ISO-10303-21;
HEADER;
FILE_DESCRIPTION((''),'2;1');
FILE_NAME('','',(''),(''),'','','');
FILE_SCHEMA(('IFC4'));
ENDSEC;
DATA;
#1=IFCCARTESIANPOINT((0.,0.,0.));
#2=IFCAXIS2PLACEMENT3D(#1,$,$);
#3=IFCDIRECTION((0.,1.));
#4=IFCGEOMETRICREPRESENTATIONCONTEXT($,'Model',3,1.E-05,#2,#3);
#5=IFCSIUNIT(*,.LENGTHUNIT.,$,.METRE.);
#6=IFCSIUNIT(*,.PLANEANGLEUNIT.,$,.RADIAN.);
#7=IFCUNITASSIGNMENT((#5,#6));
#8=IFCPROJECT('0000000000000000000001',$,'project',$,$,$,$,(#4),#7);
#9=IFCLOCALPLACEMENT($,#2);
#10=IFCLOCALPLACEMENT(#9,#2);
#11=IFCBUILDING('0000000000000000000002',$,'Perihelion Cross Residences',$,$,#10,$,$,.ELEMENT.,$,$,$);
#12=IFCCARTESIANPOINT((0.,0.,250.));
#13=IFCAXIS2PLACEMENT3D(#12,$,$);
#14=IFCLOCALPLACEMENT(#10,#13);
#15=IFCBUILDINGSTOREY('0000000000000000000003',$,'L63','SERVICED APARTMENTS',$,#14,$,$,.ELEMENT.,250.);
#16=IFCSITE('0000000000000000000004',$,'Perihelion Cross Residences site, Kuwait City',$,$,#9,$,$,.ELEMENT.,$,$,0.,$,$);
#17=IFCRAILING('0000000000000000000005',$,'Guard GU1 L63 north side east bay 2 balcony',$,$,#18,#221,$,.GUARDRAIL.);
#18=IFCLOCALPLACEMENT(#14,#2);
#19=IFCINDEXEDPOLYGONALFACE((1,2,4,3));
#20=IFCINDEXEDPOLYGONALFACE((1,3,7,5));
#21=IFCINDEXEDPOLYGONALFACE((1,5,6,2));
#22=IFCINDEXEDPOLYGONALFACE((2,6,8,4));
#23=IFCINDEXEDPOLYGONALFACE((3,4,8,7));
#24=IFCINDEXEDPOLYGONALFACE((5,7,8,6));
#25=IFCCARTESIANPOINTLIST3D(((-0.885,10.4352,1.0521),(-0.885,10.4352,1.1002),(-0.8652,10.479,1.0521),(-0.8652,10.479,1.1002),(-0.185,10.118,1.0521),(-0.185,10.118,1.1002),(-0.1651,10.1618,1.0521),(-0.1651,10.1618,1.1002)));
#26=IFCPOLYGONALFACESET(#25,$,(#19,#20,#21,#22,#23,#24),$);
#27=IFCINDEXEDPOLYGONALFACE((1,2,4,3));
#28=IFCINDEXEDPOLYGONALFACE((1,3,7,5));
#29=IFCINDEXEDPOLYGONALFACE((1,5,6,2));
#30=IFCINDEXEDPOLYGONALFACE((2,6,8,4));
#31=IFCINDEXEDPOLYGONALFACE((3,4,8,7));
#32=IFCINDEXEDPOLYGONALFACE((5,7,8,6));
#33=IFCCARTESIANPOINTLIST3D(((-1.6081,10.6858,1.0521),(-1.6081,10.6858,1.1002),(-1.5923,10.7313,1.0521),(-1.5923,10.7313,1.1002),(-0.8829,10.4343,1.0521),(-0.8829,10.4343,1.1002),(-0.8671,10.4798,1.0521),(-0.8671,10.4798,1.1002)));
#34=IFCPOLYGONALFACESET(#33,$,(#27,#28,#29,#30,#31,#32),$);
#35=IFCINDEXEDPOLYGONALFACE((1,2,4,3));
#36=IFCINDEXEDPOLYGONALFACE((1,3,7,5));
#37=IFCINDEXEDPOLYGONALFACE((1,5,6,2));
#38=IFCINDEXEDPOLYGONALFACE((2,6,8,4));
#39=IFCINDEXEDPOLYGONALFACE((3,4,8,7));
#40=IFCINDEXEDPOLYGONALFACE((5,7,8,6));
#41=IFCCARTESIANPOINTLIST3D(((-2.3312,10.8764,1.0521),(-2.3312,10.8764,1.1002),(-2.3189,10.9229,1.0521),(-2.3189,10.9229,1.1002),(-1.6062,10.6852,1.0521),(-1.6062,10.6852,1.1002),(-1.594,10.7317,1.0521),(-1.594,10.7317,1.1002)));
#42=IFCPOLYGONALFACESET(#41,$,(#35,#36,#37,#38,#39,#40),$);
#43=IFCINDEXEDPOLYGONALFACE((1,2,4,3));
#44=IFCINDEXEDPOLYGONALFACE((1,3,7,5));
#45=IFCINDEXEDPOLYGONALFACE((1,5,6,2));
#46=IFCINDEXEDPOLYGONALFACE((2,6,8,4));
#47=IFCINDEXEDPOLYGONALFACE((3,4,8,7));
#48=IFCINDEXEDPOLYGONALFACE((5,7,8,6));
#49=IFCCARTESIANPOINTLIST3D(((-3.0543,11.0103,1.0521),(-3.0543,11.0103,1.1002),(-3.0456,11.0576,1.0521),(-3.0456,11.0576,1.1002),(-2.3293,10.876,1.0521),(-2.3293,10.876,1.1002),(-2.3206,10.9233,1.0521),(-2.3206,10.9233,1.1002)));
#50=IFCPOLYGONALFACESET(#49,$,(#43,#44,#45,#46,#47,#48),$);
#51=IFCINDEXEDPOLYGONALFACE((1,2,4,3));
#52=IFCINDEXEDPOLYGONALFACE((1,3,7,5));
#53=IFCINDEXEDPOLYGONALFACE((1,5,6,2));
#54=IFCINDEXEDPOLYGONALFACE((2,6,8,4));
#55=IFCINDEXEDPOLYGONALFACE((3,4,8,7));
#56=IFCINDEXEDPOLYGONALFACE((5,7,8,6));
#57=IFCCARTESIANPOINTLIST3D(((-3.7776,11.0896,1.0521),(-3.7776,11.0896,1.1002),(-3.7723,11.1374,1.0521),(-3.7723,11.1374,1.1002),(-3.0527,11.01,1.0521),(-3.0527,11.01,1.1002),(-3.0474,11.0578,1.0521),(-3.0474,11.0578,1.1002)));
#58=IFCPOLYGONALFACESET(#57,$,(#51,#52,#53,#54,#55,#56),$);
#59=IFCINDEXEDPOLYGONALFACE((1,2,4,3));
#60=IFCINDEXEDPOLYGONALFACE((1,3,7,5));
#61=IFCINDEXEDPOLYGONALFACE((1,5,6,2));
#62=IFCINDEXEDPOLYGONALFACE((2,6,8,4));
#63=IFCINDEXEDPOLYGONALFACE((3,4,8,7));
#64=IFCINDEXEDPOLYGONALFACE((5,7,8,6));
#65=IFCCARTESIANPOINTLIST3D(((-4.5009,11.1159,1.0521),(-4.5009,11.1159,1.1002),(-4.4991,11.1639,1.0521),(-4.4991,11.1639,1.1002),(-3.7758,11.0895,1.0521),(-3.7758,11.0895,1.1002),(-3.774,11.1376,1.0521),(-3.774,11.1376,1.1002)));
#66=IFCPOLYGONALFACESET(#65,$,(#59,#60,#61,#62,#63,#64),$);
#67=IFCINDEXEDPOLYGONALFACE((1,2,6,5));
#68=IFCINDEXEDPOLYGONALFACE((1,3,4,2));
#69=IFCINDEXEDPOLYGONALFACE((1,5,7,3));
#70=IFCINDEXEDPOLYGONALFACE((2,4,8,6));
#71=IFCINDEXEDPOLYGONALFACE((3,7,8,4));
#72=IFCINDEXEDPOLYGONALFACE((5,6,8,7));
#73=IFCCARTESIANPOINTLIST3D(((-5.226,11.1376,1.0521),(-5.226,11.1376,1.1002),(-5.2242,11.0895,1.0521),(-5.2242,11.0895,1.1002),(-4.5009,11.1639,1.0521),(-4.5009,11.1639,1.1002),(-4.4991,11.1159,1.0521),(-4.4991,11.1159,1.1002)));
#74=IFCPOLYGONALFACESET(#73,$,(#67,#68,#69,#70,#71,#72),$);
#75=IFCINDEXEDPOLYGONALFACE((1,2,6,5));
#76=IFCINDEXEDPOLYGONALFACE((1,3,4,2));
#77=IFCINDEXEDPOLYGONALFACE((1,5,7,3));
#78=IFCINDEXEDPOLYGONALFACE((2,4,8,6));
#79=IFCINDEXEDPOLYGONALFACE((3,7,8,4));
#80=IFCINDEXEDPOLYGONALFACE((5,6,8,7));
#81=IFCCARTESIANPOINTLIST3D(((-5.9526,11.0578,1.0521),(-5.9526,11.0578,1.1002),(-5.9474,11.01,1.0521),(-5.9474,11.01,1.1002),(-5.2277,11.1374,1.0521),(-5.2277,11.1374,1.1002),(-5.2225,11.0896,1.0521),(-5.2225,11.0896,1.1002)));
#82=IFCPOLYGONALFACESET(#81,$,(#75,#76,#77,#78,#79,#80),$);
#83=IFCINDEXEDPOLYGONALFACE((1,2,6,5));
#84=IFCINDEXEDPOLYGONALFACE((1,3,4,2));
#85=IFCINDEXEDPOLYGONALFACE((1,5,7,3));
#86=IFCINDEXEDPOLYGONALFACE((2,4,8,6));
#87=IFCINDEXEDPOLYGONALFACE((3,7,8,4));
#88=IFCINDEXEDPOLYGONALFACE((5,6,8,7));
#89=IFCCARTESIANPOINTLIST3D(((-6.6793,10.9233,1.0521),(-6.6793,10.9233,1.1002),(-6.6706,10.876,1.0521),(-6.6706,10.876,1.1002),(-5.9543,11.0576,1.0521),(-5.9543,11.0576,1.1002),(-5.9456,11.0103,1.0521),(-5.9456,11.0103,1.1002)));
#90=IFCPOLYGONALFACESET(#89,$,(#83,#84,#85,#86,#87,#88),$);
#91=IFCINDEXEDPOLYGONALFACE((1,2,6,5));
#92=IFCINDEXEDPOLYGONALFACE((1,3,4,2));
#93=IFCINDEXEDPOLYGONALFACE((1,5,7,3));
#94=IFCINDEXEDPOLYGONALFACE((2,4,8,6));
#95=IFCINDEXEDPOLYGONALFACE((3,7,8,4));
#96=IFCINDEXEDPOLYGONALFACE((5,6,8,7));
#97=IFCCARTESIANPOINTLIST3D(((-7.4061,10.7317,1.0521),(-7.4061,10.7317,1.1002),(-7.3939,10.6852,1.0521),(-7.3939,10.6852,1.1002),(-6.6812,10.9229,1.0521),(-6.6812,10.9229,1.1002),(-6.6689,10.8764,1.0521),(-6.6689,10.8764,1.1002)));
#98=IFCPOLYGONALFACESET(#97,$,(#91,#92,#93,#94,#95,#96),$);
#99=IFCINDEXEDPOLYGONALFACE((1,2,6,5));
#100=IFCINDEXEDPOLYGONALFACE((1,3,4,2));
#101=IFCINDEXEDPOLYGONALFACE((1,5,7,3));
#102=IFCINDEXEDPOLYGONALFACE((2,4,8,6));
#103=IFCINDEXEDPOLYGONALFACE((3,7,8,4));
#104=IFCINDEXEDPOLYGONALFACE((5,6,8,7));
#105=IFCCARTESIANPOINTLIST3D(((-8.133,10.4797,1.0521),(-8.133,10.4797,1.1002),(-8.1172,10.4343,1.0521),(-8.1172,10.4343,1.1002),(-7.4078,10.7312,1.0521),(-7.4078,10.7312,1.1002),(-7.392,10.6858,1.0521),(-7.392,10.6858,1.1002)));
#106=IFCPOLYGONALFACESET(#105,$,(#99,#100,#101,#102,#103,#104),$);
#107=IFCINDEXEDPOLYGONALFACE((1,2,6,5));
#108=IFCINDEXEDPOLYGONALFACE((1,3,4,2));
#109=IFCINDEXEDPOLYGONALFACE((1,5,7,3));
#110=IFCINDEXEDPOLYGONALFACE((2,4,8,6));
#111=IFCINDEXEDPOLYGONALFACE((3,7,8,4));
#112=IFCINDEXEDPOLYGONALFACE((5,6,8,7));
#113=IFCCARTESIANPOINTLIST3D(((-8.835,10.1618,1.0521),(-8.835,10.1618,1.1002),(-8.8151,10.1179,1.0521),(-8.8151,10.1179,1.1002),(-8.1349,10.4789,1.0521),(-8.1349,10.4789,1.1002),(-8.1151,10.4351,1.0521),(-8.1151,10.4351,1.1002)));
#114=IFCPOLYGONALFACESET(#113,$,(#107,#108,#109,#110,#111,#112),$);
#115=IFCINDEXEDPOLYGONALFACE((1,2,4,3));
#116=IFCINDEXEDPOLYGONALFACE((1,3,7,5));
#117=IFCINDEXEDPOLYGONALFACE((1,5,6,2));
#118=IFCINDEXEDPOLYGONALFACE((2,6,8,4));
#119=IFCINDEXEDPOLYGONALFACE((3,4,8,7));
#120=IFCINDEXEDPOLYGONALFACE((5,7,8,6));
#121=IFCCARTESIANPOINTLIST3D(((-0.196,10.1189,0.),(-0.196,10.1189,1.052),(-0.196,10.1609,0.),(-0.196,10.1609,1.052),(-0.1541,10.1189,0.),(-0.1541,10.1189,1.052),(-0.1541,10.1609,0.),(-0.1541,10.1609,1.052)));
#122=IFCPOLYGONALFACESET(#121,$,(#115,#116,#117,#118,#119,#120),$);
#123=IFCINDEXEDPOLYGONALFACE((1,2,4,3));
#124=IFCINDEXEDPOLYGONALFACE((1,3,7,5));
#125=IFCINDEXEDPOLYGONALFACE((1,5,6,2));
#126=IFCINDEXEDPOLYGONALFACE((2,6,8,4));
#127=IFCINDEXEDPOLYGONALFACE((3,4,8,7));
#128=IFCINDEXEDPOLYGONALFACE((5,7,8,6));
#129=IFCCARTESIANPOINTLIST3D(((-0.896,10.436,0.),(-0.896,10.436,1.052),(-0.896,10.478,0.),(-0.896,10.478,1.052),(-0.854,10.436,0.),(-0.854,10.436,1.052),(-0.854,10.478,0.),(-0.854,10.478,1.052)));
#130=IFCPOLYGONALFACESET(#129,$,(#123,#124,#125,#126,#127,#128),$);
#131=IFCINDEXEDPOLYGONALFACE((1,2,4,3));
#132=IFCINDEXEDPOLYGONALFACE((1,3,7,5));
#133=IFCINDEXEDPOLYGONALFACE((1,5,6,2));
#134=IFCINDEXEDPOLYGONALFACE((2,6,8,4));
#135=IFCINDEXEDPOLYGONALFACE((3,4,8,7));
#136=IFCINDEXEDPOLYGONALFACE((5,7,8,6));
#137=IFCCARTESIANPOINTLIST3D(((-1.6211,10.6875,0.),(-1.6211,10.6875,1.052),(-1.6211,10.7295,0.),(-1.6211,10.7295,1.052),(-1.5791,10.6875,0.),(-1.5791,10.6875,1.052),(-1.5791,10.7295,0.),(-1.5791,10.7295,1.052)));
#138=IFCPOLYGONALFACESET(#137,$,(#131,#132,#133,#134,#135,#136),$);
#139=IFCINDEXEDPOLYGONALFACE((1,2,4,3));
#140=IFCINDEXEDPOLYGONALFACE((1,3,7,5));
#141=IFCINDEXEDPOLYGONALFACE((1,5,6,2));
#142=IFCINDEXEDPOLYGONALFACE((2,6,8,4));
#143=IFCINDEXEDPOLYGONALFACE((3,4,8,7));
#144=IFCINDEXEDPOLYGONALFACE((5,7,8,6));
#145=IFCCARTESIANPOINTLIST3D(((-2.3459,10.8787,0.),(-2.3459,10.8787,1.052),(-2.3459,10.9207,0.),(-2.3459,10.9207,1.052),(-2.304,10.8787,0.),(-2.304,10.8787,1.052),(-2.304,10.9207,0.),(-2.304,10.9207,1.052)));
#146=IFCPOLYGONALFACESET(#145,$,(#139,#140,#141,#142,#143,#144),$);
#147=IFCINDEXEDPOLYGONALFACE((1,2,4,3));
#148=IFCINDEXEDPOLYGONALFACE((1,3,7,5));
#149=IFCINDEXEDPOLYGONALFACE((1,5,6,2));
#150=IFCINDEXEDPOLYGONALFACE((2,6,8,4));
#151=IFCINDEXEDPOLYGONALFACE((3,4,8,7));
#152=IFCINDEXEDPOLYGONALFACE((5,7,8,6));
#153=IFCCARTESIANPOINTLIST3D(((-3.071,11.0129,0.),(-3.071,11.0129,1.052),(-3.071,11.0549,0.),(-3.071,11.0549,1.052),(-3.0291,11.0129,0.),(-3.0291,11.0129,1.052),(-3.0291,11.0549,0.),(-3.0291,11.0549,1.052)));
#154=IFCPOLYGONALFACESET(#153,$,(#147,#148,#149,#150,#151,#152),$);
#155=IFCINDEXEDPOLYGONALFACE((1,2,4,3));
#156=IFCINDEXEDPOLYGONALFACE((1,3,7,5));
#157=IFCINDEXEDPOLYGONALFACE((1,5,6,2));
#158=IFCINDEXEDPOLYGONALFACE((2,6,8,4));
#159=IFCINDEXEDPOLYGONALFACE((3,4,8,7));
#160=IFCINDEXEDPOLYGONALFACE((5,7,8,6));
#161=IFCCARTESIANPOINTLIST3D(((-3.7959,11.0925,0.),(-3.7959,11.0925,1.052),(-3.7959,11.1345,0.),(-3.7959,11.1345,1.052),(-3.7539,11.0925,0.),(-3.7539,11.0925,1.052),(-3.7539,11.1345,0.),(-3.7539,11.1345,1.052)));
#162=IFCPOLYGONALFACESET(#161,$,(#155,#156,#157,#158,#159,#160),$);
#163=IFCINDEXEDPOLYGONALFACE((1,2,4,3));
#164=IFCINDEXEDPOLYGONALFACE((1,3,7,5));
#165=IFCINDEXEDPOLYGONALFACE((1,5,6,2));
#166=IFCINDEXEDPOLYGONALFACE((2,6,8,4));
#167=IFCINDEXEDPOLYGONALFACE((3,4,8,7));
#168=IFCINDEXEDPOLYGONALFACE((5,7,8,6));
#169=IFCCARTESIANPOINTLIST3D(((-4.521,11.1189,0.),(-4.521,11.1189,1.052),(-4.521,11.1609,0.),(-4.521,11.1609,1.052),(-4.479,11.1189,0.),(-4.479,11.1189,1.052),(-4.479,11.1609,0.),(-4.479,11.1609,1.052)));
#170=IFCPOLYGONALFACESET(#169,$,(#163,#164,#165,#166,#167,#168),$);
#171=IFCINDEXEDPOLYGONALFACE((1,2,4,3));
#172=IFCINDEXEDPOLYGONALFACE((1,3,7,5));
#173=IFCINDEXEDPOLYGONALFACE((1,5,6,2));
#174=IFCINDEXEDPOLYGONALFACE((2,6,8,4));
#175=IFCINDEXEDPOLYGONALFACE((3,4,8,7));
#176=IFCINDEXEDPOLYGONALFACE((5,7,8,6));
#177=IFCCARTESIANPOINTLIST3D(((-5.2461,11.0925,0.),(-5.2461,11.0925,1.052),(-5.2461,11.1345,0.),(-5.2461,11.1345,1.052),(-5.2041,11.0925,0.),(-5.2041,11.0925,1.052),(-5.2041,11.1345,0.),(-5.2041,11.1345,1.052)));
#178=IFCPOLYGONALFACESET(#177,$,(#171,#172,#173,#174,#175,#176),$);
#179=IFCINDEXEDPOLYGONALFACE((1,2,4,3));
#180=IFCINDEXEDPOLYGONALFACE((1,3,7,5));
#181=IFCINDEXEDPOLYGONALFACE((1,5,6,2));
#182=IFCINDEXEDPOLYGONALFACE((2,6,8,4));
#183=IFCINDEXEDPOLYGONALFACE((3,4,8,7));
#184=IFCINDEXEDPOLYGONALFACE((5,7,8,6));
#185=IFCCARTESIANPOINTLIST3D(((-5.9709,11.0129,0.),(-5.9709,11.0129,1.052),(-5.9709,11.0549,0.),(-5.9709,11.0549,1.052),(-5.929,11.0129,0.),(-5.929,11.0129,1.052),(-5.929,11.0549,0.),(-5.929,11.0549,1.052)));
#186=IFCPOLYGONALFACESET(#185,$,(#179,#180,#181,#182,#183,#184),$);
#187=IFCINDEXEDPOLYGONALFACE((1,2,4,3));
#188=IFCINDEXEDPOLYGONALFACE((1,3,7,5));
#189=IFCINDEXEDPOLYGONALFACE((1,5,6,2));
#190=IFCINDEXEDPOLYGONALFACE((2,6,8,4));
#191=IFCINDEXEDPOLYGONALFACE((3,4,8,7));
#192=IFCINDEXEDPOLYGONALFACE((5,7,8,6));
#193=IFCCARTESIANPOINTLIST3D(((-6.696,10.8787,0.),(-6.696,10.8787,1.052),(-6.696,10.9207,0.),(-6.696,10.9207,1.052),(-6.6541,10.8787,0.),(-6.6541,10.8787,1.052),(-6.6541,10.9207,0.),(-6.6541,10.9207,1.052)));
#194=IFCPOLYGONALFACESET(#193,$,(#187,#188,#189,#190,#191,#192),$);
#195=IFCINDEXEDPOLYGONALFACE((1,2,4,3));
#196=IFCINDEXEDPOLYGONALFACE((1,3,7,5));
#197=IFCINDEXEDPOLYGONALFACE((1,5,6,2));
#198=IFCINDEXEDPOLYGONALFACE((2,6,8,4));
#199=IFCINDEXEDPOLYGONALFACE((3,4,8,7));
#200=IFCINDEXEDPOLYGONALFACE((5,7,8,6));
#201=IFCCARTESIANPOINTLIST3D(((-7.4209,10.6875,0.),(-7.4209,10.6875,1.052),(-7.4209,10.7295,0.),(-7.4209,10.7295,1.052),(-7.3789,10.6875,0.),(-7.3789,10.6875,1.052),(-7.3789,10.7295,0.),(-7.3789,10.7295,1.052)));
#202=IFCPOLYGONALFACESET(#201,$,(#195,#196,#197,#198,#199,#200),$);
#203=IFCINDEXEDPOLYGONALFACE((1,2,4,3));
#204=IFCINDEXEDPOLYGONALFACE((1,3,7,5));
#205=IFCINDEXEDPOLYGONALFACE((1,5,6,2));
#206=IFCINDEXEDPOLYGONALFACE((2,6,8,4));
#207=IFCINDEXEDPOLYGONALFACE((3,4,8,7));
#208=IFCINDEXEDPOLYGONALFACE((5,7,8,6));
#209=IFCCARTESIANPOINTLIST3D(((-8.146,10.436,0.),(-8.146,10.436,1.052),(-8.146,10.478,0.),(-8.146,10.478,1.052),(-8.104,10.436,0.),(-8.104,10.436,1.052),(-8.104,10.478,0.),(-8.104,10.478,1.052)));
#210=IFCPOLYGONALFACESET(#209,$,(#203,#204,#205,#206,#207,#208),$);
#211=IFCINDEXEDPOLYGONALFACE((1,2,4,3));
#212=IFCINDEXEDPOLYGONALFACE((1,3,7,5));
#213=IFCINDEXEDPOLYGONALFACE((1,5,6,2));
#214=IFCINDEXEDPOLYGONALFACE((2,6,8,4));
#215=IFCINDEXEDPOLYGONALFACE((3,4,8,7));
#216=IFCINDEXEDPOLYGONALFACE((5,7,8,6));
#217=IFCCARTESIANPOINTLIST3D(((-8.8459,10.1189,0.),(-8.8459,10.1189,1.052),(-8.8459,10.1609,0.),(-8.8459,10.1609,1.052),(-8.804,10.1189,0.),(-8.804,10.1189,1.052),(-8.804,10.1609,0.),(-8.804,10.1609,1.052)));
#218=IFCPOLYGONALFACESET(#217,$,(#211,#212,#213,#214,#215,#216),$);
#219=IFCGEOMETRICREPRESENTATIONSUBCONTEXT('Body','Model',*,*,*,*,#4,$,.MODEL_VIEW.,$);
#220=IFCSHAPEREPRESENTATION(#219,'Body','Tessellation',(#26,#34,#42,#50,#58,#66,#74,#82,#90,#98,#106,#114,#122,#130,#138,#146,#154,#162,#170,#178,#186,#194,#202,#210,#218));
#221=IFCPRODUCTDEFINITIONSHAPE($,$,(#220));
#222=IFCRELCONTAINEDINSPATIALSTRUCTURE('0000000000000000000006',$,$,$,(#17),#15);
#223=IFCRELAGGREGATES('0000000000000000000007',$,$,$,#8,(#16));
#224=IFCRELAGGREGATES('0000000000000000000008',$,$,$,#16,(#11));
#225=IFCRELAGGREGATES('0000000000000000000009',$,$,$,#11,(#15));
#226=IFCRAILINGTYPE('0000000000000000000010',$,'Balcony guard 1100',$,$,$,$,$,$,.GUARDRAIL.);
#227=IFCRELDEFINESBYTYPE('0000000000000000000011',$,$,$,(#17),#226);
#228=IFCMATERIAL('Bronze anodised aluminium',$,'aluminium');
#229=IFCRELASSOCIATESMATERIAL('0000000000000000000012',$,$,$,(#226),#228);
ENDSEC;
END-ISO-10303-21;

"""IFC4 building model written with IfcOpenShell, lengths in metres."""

from ifc_helpers import new_model, si_unit, direction, frame, origin, origin_2d, place, context, subcontext, project, spatial, rectangle, extrude, material, type_object, element, save


model = new_model("IFC4")

# Units and contexts
model_context = context("Model", 3, precision=1e-05, world=origin(), true_north=direction((0.0, 1.0)))
body_context = subcontext(model_context, "Body", "Model", "MODEL_VIEW")
ifc_project = project(units=[si_unit("LENGTHUNIT", "METRE"), si_unit("PLANEANGLEUNIT", "RADIAN")], contexts=[model_context])

# Site, building, storey
site_placement = place(None, origin())
site = spatial("IfcSite", under=ifc_project, at=site_placement, Name="Perihelion Cross Residences site, Kuwait City", CompositionType="ELEMENT", RefElevation=0.0)
building_placement = place(site_placement, origin())
building = spatial("IfcBuilding", under=site, at=building_placement, Name="Perihelion Cross Residences", CompositionType="ELEMENT")
storey_placement = place(building_placement, frame((0.0, 0.0, 250.0)))
storey = spatial("IfcBuildingStorey", under=building, at=storey_placement, Name="L63", Description="SERVICED APARTMENTS", CompositionType="ELEMENT", Elevation=250.0)

# Railing
ifc_material_1 = material(Name="Bronze anodised aluminium", Category="aluminium")
railing_type = type_object("IfcRailingType", Name="Balcony guard 1100", PredefinedType="GUARDRAIL", material=ifc_material_1)
railing_1_placement = place(storey_placement, frame((-0.175, 10.1399, 0.0)))
element("IfcRailing", 1, at=railing_1_placement, inside=storey, type_object=railing_type, Name="Guard GU1 L63 north side east bay 2 balcony", PredefinedType="GUARDRAIL", context=body_context, shape_type="SweptSolid", body=[
    extrude(rectangle(XDim=0.0481, YDim=0.0481, at=origin_2d()), frame((0.0, 0.0, 1.0762), z_axis=(-0.910866, 0.412702, 0.0), x_axis=(-0.412702, -0.910866, 0.0)), (0.0, 0.0, 1.0), 0.7686),
    extrude(rectangle(XDim=0.0481, YDim=0.0481, at=origin_2d()), frame((-0.7, 0.3171, 1.0762), z_axis=(-0.944797, 0.327657, 0.0), x_axis=(-0.327657, -0.944797, 0.0)), (0.0, 0.0, 1.0), 0.7676),
    extrude(rectangle(XDim=0.0481, YDim=0.0481, at=origin_2d()), frame((-1.425, 0.5686, 1.0762), z_axis=(-0.966939, 0.255006, 0.0), x_axis=(-0.255006, -0.966939, 0.0)), (0.0, 0.0, 1.0), 0.7498),
    extrude(rectangle(XDim=0.0481, YDim=0.0481, at=origin_2d()), frame((-2.1499, 0.7598, 1.0762), z_axis=(-0.983282, 0.182089, 0.0), x_axis=(-0.182089, -0.983282, 0.0)), (0.0, 0.0, 1.0), 0.7373),
    extrude(rectangle(XDim=0.0481, YDim=0.0481, at=origin_2d()), frame((-2.875, 0.894, 1.0762), z_axis=(-0.994026, 0.109145, 0.0), x_axis=(-0.109145, -0.994026, 0.0)), (0.0, 0.0, 1.0), 0.7292),
    extrude(rectangle(XDim=0.0481, YDim=0.0481, at=origin_2d()), frame((-3.5999, 0.9736, 1.0762), z_axis=(-0.999339, 0.03634, 0.0), x_axis=(-0.03634, -0.999339, 0.0)), (0.0, 0.0, 1.0), 0.7256),
    extrude(rectangle(XDim=0.0481, YDim=0.0481, at=origin_2d()), frame((-4.325, 1.0, 1.0762), z_axis=(-0.999339, -0.03634, 0.0), x_axis=(0.03634, -0.999339, 0.0)), (0.0, 0.0, 1.0), 0.7256),
    extrude(rectangle(XDim=0.0481, YDim=0.0481, at=origin_2d()), frame((-5.05, 0.9736, 1.0762), z_axis=(-0.994026, -0.109145, 0.0), x_axis=(0.109145, -0.994026, 0.0)), (0.0, 0.0, 1.0), 0.7292),
    extrude(rectangle(XDim=0.0481, YDim=0.0481, at=origin_2d()), frame((-5.7749, 0.894, 1.0762), z_axis=(-0.983282, -0.182089, 0.0), x_axis=(0.182089, -0.983282, 0.0)), (0.0, 0.0, 1.0), 0.7373),
    extrude(rectangle(XDim=0.0481, YDim=0.0481, at=origin_2d()), frame((-6.5, 0.7598, 1.0762), z_axis=(-0.966939, -0.255006, 0.0), x_axis=(0.255006, -0.966939, 0.0)), (0.0, 0.0, 1.0), 0.7498),
    extrude(rectangle(XDim=0.0481, YDim=0.0481, at=origin_2d()), frame((-7.2249, 0.5686, 1.0762), z_axis=(-0.944797, -0.327657, 0.0), x_axis=(0.327657, -0.944797, 0.0)), (0.0, 0.0, 1.0), 0.7676),
    extrude(rectangle(XDim=0.0481, YDim=0.0481, at=origin_2d()), frame((-7.95, 0.3171, 1.0762), z_axis=(-0.910866, -0.412702, 0.0), x_axis=(0.412702, -0.910866, 0.0)), (0.0, 0.0, 1.0), 0.7686),
    extrude(rectangle(XDim=0.042, YDim=0.042, at=origin_2d()), origin(), (0.0, 0.0, 1.0), 1.052),
    extrude(rectangle(XDim=0.042, YDim=0.042, at=origin_2d()), frame((-0.7, 0.3171, 0.0)), (0.0, 0.0, 1.0), 1.052),
    extrude(rectangle(XDim=0.042, YDim=0.042, at=origin_2d()), frame((-1.425, 0.5686, 0.0)), (0.0, 0.0, 1.0), 1.052),
    extrude(rectangle(XDim=0.042, YDim=0.042, at=origin_2d()), frame((-2.1499, 0.7598, 0.0)), (0.0, 0.0, 1.0), 1.052),
    extrude(rectangle(XDim=0.042, YDim=0.042, at=origin_2d()), frame((-2.875, 0.894, 0.0)), (0.0, 0.0, 1.0), 1.052),
    extrude(rectangle(XDim=0.042, YDim=0.042, at=origin_2d()), frame((-3.5999, 0.9736, 0.0)), (0.0, 0.0, 1.0), 1.052),
    extrude(rectangle(XDim=0.042, YDim=0.042, at=origin_2d()), frame((-4.325, 1.0, 0.0)), (0.0, 0.0, 1.0), 1.052),
    extrude(rectangle(XDim=0.042, YDim=0.042, at=origin_2d()), frame((-5.05, 0.9736, 0.0)), (0.0, 0.0, 1.0), 1.052),
    extrude(rectangle(XDim=0.042, YDim=0.042, at=origin_2d()), frame((-5.7749, 0.894, 0.0)), (0.0, 0.0, 1.0), 1.052),
    extrude(rectangle(XDim=0.042, YDim=0.042, at=origin_2d()), frame((-6.5, 0.7598, 0.0)), (0.0, 0.0, 1.0), 1.052),
    extrude(rectangle(XDim=0.042, YDim=0.042, at=origin_2d()), frame((-7.2249, 0.5686, 0.0)), (0.0, 0.0, 1.0), 1.052),
    extrude(rectangle(XDim=0.042, YDim=0.042, at=origin_2d()), frame((-7.95, 0.3171, 0.0)), (0.0, 0.0, 1.0), 1.052),
    extrude(rectangle(XDim=0.042, YDim=0.042, at=origin_2d()), frame((-8.6499, 0.0, 0.0)), (0.0, 0.0, 1.0), 1.052),
])

save(model, "model.ifc")
